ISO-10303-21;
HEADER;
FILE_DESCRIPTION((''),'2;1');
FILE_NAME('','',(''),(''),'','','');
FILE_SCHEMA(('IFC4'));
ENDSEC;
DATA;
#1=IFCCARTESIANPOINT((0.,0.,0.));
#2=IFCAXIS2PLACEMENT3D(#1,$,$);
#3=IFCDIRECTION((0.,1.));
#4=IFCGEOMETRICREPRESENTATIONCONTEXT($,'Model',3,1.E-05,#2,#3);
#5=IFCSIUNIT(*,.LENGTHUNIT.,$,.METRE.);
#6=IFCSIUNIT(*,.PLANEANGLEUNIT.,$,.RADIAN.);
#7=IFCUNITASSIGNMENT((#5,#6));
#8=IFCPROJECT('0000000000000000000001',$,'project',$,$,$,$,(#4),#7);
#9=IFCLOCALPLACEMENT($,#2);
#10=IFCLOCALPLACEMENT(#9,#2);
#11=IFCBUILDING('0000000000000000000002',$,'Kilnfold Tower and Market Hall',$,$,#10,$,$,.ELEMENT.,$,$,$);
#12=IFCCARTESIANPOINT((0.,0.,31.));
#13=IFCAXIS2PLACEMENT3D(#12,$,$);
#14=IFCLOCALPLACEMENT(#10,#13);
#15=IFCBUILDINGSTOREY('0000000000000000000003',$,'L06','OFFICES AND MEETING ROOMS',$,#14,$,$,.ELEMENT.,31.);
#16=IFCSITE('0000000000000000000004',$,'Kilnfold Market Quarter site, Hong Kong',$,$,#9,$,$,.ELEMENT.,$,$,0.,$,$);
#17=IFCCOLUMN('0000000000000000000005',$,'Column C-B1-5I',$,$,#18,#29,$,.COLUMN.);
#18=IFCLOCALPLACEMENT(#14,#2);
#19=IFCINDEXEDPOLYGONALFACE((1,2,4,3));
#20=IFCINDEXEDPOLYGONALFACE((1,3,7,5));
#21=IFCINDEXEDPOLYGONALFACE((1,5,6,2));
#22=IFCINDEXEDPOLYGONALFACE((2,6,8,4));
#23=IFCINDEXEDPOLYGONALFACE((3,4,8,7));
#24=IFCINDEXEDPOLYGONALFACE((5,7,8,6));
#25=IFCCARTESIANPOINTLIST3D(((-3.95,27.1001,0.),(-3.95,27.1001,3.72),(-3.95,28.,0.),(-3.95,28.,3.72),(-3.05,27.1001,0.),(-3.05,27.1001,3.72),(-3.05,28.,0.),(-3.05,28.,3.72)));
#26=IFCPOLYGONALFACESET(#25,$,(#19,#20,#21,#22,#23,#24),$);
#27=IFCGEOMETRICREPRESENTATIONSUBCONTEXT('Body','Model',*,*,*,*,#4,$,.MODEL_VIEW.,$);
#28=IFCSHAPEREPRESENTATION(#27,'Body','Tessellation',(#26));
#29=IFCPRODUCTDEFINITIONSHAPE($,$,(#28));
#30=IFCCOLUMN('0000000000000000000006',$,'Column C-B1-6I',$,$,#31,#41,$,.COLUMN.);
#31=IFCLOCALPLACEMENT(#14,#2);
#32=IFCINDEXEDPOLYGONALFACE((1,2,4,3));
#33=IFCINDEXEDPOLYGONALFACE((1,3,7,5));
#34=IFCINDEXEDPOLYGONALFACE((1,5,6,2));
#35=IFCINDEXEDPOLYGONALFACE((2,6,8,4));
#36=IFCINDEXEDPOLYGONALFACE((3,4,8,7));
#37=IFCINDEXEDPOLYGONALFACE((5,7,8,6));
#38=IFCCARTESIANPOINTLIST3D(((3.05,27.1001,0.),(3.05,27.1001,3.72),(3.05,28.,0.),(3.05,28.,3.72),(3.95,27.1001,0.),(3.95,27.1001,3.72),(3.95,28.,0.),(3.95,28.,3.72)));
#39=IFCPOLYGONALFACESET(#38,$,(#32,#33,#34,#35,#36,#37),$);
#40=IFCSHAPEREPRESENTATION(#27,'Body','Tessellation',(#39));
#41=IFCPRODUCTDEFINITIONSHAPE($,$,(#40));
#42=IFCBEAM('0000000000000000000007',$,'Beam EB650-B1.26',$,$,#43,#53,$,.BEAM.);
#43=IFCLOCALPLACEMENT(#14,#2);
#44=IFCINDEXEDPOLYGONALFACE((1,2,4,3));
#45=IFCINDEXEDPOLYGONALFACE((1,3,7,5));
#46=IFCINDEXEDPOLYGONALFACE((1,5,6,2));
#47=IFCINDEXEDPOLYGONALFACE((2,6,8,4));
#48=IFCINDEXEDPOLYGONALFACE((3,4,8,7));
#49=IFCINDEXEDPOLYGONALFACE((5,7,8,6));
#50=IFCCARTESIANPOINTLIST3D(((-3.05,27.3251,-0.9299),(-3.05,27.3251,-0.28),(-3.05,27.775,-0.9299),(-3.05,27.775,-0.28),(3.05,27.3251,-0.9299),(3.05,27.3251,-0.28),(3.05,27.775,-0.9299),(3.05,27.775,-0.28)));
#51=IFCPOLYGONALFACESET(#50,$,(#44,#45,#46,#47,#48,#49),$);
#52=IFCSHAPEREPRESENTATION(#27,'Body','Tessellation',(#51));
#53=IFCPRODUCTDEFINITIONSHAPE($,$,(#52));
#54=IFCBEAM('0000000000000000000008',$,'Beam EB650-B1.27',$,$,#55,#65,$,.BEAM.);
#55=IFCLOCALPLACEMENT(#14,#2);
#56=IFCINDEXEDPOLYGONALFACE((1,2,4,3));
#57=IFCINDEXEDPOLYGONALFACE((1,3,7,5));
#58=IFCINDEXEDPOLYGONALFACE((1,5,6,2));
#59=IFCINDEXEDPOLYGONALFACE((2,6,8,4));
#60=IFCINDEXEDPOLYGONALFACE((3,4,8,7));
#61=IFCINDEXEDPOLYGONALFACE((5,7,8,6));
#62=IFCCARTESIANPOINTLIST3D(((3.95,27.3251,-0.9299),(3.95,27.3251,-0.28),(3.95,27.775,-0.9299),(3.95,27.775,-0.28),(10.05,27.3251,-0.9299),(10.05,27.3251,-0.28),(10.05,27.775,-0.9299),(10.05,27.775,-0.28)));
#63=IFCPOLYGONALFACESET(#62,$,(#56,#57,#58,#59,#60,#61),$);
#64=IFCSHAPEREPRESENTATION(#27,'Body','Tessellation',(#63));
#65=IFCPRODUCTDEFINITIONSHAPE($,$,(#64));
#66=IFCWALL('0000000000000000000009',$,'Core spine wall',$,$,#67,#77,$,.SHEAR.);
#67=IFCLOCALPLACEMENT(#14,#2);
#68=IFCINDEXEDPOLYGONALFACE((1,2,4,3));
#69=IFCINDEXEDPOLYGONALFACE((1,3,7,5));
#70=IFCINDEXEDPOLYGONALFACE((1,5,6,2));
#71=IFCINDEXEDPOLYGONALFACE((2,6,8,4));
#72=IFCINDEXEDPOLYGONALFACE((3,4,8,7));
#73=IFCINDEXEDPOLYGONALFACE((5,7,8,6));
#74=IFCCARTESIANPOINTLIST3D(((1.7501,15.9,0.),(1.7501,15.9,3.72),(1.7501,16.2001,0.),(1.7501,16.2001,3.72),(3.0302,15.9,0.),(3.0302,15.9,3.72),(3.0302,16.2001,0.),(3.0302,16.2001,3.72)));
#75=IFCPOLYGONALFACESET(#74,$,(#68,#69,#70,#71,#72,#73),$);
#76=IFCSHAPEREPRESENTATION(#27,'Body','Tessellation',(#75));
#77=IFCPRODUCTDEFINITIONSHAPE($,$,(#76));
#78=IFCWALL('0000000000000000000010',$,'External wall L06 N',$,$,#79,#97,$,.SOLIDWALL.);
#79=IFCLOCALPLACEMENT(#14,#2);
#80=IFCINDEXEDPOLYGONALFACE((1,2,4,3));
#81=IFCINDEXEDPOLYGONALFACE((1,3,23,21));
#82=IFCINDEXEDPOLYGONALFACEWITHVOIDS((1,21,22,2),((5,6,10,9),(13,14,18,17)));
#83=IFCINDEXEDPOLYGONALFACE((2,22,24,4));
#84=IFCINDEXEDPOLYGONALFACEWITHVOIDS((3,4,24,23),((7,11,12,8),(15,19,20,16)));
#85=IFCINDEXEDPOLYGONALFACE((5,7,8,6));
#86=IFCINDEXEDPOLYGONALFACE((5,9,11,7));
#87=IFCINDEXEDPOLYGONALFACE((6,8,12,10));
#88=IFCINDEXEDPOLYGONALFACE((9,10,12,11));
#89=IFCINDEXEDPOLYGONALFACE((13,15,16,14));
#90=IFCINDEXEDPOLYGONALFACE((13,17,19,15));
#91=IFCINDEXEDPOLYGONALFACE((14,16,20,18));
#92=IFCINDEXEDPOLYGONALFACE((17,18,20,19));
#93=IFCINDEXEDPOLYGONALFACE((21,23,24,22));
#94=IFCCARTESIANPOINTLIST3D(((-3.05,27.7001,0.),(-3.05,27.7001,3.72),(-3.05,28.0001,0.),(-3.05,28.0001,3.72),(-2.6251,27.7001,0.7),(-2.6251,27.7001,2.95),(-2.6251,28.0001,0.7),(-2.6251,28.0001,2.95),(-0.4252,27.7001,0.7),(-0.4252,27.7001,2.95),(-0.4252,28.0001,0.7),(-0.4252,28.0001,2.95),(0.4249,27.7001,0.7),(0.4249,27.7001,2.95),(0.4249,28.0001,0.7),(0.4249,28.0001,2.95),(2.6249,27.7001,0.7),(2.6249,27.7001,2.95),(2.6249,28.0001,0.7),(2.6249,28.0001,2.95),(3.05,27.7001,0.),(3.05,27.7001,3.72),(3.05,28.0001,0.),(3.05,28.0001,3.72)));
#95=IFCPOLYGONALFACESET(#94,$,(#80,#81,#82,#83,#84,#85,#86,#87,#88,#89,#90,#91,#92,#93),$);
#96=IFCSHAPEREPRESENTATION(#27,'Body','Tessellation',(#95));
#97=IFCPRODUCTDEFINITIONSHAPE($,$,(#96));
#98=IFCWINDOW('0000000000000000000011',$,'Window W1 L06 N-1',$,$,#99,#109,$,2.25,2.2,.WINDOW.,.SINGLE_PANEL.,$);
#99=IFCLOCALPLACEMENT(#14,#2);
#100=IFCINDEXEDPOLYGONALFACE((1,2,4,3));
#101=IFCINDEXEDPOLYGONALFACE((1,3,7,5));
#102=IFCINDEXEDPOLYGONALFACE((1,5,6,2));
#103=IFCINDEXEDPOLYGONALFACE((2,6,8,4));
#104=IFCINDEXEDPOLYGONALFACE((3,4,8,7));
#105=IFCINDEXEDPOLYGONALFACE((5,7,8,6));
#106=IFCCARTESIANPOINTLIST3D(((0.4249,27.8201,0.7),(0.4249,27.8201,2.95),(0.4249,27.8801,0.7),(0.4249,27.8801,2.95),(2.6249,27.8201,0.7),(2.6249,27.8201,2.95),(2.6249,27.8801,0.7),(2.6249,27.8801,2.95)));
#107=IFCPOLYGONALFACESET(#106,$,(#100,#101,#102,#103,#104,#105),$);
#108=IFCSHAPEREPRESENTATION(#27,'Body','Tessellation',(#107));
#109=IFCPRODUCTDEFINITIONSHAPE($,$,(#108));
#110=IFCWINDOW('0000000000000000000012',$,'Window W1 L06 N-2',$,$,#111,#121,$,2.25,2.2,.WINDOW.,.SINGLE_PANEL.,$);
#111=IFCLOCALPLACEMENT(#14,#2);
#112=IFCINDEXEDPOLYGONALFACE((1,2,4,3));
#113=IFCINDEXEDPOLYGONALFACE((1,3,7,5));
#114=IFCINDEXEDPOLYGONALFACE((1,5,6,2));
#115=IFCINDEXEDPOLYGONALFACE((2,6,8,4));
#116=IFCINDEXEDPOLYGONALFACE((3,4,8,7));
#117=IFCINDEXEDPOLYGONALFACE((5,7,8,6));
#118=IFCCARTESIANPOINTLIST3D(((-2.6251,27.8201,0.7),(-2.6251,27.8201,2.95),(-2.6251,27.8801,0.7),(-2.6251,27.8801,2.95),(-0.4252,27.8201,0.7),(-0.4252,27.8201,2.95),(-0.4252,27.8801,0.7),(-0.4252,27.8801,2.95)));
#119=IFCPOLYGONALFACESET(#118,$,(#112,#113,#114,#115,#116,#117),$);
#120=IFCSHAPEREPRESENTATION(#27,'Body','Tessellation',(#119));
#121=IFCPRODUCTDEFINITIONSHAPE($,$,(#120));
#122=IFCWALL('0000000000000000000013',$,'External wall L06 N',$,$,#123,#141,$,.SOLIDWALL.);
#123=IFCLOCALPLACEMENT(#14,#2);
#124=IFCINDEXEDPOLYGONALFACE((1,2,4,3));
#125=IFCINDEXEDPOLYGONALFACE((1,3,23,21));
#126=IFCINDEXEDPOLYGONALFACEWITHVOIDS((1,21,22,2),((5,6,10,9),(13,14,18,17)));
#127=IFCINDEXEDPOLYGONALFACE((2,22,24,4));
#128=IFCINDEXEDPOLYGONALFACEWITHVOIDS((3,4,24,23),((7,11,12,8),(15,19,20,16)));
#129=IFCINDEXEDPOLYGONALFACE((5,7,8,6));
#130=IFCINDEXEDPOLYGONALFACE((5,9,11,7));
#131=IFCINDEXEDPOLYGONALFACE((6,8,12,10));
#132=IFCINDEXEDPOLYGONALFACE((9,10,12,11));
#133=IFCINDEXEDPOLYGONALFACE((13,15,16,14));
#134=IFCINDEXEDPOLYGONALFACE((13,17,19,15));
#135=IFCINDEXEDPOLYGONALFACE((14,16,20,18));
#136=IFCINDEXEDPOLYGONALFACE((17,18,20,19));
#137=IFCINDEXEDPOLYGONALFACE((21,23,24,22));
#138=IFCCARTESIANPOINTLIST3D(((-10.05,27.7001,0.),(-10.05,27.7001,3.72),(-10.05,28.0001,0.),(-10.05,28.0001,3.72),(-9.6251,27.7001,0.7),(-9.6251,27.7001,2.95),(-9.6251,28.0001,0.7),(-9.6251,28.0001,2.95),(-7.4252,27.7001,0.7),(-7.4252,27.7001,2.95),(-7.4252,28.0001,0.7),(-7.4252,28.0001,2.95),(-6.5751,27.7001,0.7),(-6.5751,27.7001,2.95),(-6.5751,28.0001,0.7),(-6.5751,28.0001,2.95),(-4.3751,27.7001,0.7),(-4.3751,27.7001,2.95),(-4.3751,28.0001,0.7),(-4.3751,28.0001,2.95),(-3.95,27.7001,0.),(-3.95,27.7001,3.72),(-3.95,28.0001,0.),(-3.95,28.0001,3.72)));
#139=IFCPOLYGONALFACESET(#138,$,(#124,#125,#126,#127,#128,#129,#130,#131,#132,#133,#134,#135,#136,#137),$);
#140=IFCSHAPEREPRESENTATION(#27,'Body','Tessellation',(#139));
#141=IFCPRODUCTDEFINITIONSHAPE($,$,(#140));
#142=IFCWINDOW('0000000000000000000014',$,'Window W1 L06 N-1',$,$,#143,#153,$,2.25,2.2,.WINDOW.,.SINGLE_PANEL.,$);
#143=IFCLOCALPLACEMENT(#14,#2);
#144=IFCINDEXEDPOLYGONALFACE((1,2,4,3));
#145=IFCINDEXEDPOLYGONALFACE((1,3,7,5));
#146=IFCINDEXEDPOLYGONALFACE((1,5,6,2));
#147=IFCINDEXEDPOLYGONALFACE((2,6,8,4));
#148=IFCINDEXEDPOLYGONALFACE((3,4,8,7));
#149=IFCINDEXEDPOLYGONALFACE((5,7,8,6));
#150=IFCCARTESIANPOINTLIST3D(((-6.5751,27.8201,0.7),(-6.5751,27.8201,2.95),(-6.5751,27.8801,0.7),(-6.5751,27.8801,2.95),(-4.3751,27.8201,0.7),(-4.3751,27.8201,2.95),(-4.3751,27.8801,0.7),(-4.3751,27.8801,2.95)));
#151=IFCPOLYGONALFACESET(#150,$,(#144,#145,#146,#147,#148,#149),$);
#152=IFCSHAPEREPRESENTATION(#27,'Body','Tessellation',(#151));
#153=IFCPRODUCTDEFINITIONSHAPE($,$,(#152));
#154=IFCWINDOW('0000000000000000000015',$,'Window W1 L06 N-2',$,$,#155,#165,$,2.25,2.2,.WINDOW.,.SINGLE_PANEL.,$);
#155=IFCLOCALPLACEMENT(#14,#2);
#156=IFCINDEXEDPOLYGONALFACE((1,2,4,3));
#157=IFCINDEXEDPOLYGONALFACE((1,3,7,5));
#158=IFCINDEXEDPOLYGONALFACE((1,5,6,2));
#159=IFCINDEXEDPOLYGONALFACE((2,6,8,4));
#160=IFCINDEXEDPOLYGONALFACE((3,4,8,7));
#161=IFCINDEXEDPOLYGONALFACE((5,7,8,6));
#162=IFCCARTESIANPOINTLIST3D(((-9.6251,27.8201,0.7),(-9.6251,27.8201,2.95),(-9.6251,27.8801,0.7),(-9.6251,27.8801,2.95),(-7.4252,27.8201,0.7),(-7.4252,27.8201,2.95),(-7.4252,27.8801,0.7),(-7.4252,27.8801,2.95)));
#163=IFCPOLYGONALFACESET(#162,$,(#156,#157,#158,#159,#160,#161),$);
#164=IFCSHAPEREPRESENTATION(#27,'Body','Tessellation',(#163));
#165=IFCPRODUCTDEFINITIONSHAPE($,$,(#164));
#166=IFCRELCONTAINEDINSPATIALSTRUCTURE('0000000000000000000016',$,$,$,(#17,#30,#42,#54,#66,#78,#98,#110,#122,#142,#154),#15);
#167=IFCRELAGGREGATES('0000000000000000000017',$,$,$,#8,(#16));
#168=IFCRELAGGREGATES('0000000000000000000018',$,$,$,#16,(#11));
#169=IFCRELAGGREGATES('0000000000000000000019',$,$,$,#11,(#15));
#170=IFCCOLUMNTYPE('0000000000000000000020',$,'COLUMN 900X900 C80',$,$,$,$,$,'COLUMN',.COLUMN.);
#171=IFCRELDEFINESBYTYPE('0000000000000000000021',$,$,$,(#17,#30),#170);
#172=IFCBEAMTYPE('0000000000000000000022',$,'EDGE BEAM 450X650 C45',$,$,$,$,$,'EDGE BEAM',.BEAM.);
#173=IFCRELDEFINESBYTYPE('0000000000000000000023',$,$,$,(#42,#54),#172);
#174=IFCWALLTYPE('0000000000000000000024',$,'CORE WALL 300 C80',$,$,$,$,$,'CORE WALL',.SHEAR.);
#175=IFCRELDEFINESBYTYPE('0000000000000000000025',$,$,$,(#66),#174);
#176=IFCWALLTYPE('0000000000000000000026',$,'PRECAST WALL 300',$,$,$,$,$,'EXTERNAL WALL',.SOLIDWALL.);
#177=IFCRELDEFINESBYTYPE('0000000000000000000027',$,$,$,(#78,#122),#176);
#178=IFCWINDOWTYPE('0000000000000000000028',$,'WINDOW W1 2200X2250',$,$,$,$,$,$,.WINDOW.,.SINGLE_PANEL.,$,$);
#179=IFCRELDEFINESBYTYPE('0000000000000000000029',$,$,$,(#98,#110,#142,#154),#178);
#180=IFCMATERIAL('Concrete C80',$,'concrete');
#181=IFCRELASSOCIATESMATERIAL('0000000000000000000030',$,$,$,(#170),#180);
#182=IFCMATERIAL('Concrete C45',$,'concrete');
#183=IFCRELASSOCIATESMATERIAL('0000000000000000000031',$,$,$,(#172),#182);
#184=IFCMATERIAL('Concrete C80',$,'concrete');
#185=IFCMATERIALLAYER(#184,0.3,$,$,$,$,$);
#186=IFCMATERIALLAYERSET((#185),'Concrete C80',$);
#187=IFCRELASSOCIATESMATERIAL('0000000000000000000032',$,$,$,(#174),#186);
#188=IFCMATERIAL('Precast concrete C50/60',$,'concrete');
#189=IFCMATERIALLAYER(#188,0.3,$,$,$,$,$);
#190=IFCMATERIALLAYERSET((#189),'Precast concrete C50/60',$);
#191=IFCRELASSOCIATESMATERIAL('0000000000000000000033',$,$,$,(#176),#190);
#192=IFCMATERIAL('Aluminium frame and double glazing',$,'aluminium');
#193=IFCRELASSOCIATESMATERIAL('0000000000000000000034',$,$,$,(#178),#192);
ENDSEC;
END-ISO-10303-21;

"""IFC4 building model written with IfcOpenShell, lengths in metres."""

from ifc_helpers import new_model, si_unit, direction, frame, frame_2d, origin, origin_2d, place, context, subcontext, project, spatial, rectangle, extrude, source, transform, mapped, material, layer, layer_set, material_profile, profile_set, type_object, element, fill, save


model = new_model("IFC4")

# Units and contexts
model_context = context("Model", 3, precision=1e-05, world=origin(), true_north=direction((0.0, 1.0)))
body_context = subcontext(model_context, "Body", "Model", "MODEL_VIEW")
ifc_project = project(units=[si_unit("LENGTHUNIT", "METRE"), si_unit("PLANEANGLEUNIT", "RADIAN")], contexts=[model_context])

# Site, building, storey
site_placement = place(None, origin())
site = spatial("IfcSite", under=ifc_project, at=site_placement, Name="Kilnfold Market Quarter site, Hong Kong", CompositionType="ELEMENT", RefElevation=0.0)
building_placement = place(site_placement, origin())
building = spatial("IfcBuilding", under=site, at=building_placement, Name="Kilnfold Tower and Market Hall", CompositionType="ELEMENT")
storey_placement = place(building_placement, frame((0.0, 0.0, 31.0)))
storey = spatial("IfcBuildingStorey", under=building, at=storey_placement, Name="L06", Description="OFFICES AND MEETING ROOMS", CompositionType="ELEMENT", Elevation=31.0)

# Columns
ifc_material_1 = material(Name="Concrete C80", Category="concrete")
ifc_material_profile_1 = material_profile(ifc_material_1, rectangle(XDim=0.8999, YDim=0.8999, at=origin_2d()), Name="RC 900x900")
ifc_profile_set_1 = profile_set([ifc_material_profile_1], Name="Concrete C80")
column_type = type_object("IfcColumnType", Name="COLUMN 900X900 C80", ElementType="COLUMN", PredefinedType="COLUMN", material=ifc_profile_set_1)
shared_shape_1 = source(origin(), body_context, "Body", "SweptSolid", [
    extrude(rectangle(XDim=0.8999, YDim=0.8999, at=origin_2d()), origin(), (0.0, 0.0, 1.0), 3.72),
])
for number, where, z_axis, x_axis, name in (
    (1, (-3.5, 27.55, 0.0), (0.0, 0.0, 1.0), (1.0, 0.0, 0.0), "Column C-B1-5I"),
    (2, (3.5, 27.55, 0.0), (0.0, 0.0, 1.0), (1.0, 0.0, 0.0), "Column C-B1-6I"),
):
    element("IfcColumn", number, at=place(storey_placement, frame(where, z_axis=z_axis, x_axis=x_axis)), inside=storey, type_object=column_type, Name=name, PredefinedType="COLUMN", context=body_context, shape_type="MappedRepresentation", body=[
        mapped(shared_shape_1, transform((0.0, 0.0, 0.0))),
    ])

# Beams
ifc_material_2 = material(Name="Concrete C45", Category="concrete")
ifc_material_profile_2 = material_profile(ifc_material_2, rectangle(XDim=0.45, YDim=0.6499, at=origin_2d()), Name="RC 450x650")
ifc_profile_set_2 = profile_set([ifc_material_profile_2], Name="Concrete C45")
beam_type = type_object("IfcBeamType", Name="EDGE BEAM 450X650 C45", ElementType="EDGE BEAM", PredefinedType="BEAM", material=ifc_profile_set_2)
shared_shape_2 = source(origin(), body_context, "Body", "SweptSolid", [
    extrude(rectangle(XDim=0.45, YDim=0.6499, at=origin_2d()), origin(), (0.0, 0.0, 1.0), 6.1001),
])
for number, where, z_axis, x_axis, name in (
    (3, (-3.05, 27.55, -0.605), (1.0, 0.0, 0.0), (0.0, 1.0, 0.0), "Beam EB650-B1.26"),
    (4, (3.95, 27.55, -0.605), (1.0, 0.0, 0.0), (0.0, 1.0, 0.0), "Beam EB650-B1.27"),
):
    element("IfcBeam", number, at=place(storey_placement, frame(where, z_axis=z_axis, x_axis=x_axis)), inside=storey, type_object=beam_type, Name=name, PredefinedType="BEAM", context=body_context, shape_type="MappedRepresentation", body=[
        mapped(shared_shape_2, transform((0.0, 0.0, 0.0))),
    ])

# Wall
ifc_material_3 = material(Name="Concrete C80", Category="concrete")
ifc_layer_1 = layer(ifc_material_3, 0.3)
ifc_layer_set_1 = layer_set([ifc_layer_1], Name="Concrete C80")
wall_type_1 = type_object("IfcWallType", Name="CORE WALL 300 C80", ElementType="CORE WALL", PredefinedType="SHEAR", material=ifc_layer_set_1)
shared_shape_3 = source(origin(), body_context, "Body", "SweptSolid", [
    extrude(rectangle(XDim=1.28, YDim=0.3, at=frame_2d((0.6401, 0.0))), origin(), (0.0, 0.0, 1.0), 3.72),
])
wall_1_placement = place(storey_placement, frame((1.75, 16.05, 0.0), z_axis=(0.0, 0.0, 1.0), x_axis=(1.0, 0.0, 0.0)))
element("IfcWall", 5, at=wall_1_placement, inside=storey, type_object=wall_type_1, Name="Core spine wall", PredefinedType="SHEAR", context=body_context, shape_type="MappedRepresentation", body=[
    mapped(shared_shape_3, transform((0.0, 0.0, 0.0))),
])

# Walls, openings, windows
ifc_material_4 = material(Name="Precast concrete C50/60", Category="concrete")
ifc_layer_2 = layer(ifc_material_4, 0.3)
ifc_layer_set_2 = layer_set([ifc_layer_2], Name="Precast concrete C50/60")
wall_type_2 = type_object("IfcWallType", Name="PRECAST WALL 300", ElementType="EXTERNAL WALL", PredefinedType="SOLIDWALL", material=ifc_layer_set_2)
shared_shape_4 = source(origin(), body_context, "Body", "SweptSolid", [
    extrude(rectangle(XDim=6.1001, YDim=0.3, at=frame_2d((3.05, 0.0))), origin(), (0.0, 0.0, 1.0), 3.72),
])
wall_2_placement = place(storey_placement, frame((3.05, 27.8501, 0.0), z_axis=(0.0, 0.0, 1.0), x_axis=(-1.0, 0.0, 0.0)))
wall_2 = element("IfcWall", 6, at=wall_2_placement, inside=storey, type_object=wall_type_2, Name="External wall L06 N", PredefinedType="SOLIDWALL", context=body_context, shape_type="MappedRepresentation", body=[
    mapped(shared_shape_4, transform((0.0, 0.0, 0.0))),
])
opening_1_placement = place(wall_2_placement, frame((0.425, 0.0, 0.7)))
opening_1 = element("IfcOpeningElement", 7, at=opening_1_placement, cuts=wall_2, PredefinedType="OPENING", context=body_context, shape_type="SweptSolid", body=[
    extrude(rectangle(XDim=2.2, YDim=2.25, at=frame_2d((1.1001, 1.125))), frame((0.0, 0.1602, 0.0), z_axis=(0.0, -1.0, 0.0), x_axis=(1.0, 0.0, 0.0)), (0.0, 0.0, 1.0), 0.3201),
])
opening_2_placement = place(wall_2_placement, frame((3.4751, 0.0, 0.7)))
opening_2 = element("IfcOpeningElement", 8, at=opening_2_placement, cuts=wall_2, PredefinedType="OPENING", context=body_context, shape_type="SweptSolid", body=[
    extrude(rectangle(XDim=2.2, YDim=2.25, at=frame_2d((1.1001, 1.125))), frame((0.0, 0.1602, 0.0), z_axis=(0.0, -1.0, 0.0), x_axis=(1.0, 0.0, 0.0)), (0.0, 0.0, 1.0), 0.3201),
])
ifc_material_5 = material(Name="Aluminium frame and double glazing", Category="aluminium")
window_type = type_object("IfcWindowType", Name="WINDOW W1 2200X2250", PartitioningType="SINGLE_PANEL", PredefinedType="WINDOW", material=ifc_material_5)
window_1_placement = place(opening_1_placement, origin())
window_1 = element("IfcWindow", 9, at=window_1_placement, inside=storey, type_object=window_type, Name="Window W1 L06 N-1", OverallHeight=2.25, OverallWidth=2.2, PartitioningType="SINGLE_PANEL", PredefinedType="WINDOW", context=body_context, shape_type="SweptSolid", body=[
    extrude(rectangle(XDim=2.2, YDim=2.25, at=frame_2d((1.1001, 1.125))), frame((0.0, 0.03, 0.0), z_axis=(0.0, -1.0, 0.0), x_axis=(1.0, 0.0, 0.0)), (0.0, 0.0, 1.0), 0.0601),
])
fill(opening_1, window_1)
window_2_placement = place(opening_2_placement, origin())
window_2 = element("IfcWindow", 10, at=window_2_placement, inside=storey, type_object=window_type, Name="Window W1 L06 N-2", OverallHeight=2.25, OverallWidth=2.2, PartitioningType="SINGLE_PANEL", PredefinedType="WINDOW", context=body_context, shape_type="SweptSolid", body=[
    extrude(rectangle(XDim=2.2, YDim=2.25, at=frame_2d((1.1001, 1.125))), frame((0.0, 0.03, 0.0), z_axis=(0.0, -1.0, 0.0), x_axis=(1.0, 0.0, 0.0)), (0.0, 0.0, 1.0), 0.0601),
])
fill(opening_2, window_2)
wall_3_placement = place(storey_placement, frame((-3.95, 27.8501, 0.0), z_axis=(0.0, 0.0, 1.0), x_axis=(-1.0, 0.0, 0.0)))
wall_3 = element("IfcWall", 11, at=wall_3_placement, inside=storey, type_object=wall_type_2, Name="External wall L06 N", PredefinedType="SOLIDWALL", context=body_context, shape_type="MappedRepresentation", body=[
    mapped(shared_shape_4, transform((0.0, 0.0, 0.0))),
])
opening_3_placement = place(wall_3_placement, frame((0.425, 0.0, 0.7)))
opening_3 = element("IfcOpeningElement", 12, at=opening_3_placement, cuts=wall_3, PredefinedType="OPENING", context=body_context, shape_type="SweptSolid", body=[
    extrude(rectangle(XDim=2.2, YDim=2.25, at=frame_2d((1.1001, 1.125))), frame((0.0, 0.1602, 0.0), z_axis=(0.0, -1.0, 0.0), x_axis=(1.0, 0.0, 0.0)), (0.0, 0.0, 1.0), 0.3201),
])
opening_4_placement = place(wall_3_placement, frame((3.4751, 0.0, 0.7)))
opening_4 = element("IfcOpeningElement", 13, at=opening_4_placement, cuts=wall_3, PredefinedType="OPENING", context=body_context, shape_type="SweptSolid", body=[
    extrude(rectangle(XDim=2.2, YDim=2.25, at=frame_2d((1.1001, 1.125))), frame((0.0, 0.1602, 0.0), z_axis=(0.0, -1.0, 0.0), x_axis=(1.0, 0.0, 0.0)), (0.0, 0.0, 1.0), 0.3201),
])
window_3_placement = place(opening_3_placement, origin())
window_3 = element("IfcWindow", 14, at=window_3_placement, inside=storey, type_object=window_type, Name="Window W1 L06 N-1", OverallHeight=2.25, OverallWidth=2.2, PartitioningType="SINGLE_PANEL", PredefinedType="WINDOW", context=body_context, shape_type="SweptSolid", body=[
    extrude(rectangle(XDim=2.2, YDim=2.25, at=frame_2d((1.1001, 1.125))), frame((0.0, 0.03, 0.0), z_axis=(0.0, -1.0, 0.0), x_axis=(1.0, 0.0, 0.0)), (0.0, 0.0, 1.0), 0.0601),
])
fill(opening_3, window_3)
window_4_placement = place(opening_4_placement, origin())
window_4 = element("IfcWindow", 15, at=window_4_placement, inside=storey, type_object=window_type, Name="Window W1 L06 N-2", OverallHeight=2.25, OverallWidth=2.2, PartitioningType="SINGLE_PANEL", PredefinedType="WINDOW", context=body_context, shape_type="SweptSolid", body=[
    extrude(rectangle(XDim=2.2, YDim=2.25, at=frame_2d((1.1001, 1.125))), frame((0.0, 0.03, 0.0), z_axis=(0.0, -1.0, 0.0), x_axis=(1.0, 0.0, 0.0)), (0.0, 0.0, 1.0), 0.0601),
])
fill(opening_4, window_4)

save(model, "model.ifc")
